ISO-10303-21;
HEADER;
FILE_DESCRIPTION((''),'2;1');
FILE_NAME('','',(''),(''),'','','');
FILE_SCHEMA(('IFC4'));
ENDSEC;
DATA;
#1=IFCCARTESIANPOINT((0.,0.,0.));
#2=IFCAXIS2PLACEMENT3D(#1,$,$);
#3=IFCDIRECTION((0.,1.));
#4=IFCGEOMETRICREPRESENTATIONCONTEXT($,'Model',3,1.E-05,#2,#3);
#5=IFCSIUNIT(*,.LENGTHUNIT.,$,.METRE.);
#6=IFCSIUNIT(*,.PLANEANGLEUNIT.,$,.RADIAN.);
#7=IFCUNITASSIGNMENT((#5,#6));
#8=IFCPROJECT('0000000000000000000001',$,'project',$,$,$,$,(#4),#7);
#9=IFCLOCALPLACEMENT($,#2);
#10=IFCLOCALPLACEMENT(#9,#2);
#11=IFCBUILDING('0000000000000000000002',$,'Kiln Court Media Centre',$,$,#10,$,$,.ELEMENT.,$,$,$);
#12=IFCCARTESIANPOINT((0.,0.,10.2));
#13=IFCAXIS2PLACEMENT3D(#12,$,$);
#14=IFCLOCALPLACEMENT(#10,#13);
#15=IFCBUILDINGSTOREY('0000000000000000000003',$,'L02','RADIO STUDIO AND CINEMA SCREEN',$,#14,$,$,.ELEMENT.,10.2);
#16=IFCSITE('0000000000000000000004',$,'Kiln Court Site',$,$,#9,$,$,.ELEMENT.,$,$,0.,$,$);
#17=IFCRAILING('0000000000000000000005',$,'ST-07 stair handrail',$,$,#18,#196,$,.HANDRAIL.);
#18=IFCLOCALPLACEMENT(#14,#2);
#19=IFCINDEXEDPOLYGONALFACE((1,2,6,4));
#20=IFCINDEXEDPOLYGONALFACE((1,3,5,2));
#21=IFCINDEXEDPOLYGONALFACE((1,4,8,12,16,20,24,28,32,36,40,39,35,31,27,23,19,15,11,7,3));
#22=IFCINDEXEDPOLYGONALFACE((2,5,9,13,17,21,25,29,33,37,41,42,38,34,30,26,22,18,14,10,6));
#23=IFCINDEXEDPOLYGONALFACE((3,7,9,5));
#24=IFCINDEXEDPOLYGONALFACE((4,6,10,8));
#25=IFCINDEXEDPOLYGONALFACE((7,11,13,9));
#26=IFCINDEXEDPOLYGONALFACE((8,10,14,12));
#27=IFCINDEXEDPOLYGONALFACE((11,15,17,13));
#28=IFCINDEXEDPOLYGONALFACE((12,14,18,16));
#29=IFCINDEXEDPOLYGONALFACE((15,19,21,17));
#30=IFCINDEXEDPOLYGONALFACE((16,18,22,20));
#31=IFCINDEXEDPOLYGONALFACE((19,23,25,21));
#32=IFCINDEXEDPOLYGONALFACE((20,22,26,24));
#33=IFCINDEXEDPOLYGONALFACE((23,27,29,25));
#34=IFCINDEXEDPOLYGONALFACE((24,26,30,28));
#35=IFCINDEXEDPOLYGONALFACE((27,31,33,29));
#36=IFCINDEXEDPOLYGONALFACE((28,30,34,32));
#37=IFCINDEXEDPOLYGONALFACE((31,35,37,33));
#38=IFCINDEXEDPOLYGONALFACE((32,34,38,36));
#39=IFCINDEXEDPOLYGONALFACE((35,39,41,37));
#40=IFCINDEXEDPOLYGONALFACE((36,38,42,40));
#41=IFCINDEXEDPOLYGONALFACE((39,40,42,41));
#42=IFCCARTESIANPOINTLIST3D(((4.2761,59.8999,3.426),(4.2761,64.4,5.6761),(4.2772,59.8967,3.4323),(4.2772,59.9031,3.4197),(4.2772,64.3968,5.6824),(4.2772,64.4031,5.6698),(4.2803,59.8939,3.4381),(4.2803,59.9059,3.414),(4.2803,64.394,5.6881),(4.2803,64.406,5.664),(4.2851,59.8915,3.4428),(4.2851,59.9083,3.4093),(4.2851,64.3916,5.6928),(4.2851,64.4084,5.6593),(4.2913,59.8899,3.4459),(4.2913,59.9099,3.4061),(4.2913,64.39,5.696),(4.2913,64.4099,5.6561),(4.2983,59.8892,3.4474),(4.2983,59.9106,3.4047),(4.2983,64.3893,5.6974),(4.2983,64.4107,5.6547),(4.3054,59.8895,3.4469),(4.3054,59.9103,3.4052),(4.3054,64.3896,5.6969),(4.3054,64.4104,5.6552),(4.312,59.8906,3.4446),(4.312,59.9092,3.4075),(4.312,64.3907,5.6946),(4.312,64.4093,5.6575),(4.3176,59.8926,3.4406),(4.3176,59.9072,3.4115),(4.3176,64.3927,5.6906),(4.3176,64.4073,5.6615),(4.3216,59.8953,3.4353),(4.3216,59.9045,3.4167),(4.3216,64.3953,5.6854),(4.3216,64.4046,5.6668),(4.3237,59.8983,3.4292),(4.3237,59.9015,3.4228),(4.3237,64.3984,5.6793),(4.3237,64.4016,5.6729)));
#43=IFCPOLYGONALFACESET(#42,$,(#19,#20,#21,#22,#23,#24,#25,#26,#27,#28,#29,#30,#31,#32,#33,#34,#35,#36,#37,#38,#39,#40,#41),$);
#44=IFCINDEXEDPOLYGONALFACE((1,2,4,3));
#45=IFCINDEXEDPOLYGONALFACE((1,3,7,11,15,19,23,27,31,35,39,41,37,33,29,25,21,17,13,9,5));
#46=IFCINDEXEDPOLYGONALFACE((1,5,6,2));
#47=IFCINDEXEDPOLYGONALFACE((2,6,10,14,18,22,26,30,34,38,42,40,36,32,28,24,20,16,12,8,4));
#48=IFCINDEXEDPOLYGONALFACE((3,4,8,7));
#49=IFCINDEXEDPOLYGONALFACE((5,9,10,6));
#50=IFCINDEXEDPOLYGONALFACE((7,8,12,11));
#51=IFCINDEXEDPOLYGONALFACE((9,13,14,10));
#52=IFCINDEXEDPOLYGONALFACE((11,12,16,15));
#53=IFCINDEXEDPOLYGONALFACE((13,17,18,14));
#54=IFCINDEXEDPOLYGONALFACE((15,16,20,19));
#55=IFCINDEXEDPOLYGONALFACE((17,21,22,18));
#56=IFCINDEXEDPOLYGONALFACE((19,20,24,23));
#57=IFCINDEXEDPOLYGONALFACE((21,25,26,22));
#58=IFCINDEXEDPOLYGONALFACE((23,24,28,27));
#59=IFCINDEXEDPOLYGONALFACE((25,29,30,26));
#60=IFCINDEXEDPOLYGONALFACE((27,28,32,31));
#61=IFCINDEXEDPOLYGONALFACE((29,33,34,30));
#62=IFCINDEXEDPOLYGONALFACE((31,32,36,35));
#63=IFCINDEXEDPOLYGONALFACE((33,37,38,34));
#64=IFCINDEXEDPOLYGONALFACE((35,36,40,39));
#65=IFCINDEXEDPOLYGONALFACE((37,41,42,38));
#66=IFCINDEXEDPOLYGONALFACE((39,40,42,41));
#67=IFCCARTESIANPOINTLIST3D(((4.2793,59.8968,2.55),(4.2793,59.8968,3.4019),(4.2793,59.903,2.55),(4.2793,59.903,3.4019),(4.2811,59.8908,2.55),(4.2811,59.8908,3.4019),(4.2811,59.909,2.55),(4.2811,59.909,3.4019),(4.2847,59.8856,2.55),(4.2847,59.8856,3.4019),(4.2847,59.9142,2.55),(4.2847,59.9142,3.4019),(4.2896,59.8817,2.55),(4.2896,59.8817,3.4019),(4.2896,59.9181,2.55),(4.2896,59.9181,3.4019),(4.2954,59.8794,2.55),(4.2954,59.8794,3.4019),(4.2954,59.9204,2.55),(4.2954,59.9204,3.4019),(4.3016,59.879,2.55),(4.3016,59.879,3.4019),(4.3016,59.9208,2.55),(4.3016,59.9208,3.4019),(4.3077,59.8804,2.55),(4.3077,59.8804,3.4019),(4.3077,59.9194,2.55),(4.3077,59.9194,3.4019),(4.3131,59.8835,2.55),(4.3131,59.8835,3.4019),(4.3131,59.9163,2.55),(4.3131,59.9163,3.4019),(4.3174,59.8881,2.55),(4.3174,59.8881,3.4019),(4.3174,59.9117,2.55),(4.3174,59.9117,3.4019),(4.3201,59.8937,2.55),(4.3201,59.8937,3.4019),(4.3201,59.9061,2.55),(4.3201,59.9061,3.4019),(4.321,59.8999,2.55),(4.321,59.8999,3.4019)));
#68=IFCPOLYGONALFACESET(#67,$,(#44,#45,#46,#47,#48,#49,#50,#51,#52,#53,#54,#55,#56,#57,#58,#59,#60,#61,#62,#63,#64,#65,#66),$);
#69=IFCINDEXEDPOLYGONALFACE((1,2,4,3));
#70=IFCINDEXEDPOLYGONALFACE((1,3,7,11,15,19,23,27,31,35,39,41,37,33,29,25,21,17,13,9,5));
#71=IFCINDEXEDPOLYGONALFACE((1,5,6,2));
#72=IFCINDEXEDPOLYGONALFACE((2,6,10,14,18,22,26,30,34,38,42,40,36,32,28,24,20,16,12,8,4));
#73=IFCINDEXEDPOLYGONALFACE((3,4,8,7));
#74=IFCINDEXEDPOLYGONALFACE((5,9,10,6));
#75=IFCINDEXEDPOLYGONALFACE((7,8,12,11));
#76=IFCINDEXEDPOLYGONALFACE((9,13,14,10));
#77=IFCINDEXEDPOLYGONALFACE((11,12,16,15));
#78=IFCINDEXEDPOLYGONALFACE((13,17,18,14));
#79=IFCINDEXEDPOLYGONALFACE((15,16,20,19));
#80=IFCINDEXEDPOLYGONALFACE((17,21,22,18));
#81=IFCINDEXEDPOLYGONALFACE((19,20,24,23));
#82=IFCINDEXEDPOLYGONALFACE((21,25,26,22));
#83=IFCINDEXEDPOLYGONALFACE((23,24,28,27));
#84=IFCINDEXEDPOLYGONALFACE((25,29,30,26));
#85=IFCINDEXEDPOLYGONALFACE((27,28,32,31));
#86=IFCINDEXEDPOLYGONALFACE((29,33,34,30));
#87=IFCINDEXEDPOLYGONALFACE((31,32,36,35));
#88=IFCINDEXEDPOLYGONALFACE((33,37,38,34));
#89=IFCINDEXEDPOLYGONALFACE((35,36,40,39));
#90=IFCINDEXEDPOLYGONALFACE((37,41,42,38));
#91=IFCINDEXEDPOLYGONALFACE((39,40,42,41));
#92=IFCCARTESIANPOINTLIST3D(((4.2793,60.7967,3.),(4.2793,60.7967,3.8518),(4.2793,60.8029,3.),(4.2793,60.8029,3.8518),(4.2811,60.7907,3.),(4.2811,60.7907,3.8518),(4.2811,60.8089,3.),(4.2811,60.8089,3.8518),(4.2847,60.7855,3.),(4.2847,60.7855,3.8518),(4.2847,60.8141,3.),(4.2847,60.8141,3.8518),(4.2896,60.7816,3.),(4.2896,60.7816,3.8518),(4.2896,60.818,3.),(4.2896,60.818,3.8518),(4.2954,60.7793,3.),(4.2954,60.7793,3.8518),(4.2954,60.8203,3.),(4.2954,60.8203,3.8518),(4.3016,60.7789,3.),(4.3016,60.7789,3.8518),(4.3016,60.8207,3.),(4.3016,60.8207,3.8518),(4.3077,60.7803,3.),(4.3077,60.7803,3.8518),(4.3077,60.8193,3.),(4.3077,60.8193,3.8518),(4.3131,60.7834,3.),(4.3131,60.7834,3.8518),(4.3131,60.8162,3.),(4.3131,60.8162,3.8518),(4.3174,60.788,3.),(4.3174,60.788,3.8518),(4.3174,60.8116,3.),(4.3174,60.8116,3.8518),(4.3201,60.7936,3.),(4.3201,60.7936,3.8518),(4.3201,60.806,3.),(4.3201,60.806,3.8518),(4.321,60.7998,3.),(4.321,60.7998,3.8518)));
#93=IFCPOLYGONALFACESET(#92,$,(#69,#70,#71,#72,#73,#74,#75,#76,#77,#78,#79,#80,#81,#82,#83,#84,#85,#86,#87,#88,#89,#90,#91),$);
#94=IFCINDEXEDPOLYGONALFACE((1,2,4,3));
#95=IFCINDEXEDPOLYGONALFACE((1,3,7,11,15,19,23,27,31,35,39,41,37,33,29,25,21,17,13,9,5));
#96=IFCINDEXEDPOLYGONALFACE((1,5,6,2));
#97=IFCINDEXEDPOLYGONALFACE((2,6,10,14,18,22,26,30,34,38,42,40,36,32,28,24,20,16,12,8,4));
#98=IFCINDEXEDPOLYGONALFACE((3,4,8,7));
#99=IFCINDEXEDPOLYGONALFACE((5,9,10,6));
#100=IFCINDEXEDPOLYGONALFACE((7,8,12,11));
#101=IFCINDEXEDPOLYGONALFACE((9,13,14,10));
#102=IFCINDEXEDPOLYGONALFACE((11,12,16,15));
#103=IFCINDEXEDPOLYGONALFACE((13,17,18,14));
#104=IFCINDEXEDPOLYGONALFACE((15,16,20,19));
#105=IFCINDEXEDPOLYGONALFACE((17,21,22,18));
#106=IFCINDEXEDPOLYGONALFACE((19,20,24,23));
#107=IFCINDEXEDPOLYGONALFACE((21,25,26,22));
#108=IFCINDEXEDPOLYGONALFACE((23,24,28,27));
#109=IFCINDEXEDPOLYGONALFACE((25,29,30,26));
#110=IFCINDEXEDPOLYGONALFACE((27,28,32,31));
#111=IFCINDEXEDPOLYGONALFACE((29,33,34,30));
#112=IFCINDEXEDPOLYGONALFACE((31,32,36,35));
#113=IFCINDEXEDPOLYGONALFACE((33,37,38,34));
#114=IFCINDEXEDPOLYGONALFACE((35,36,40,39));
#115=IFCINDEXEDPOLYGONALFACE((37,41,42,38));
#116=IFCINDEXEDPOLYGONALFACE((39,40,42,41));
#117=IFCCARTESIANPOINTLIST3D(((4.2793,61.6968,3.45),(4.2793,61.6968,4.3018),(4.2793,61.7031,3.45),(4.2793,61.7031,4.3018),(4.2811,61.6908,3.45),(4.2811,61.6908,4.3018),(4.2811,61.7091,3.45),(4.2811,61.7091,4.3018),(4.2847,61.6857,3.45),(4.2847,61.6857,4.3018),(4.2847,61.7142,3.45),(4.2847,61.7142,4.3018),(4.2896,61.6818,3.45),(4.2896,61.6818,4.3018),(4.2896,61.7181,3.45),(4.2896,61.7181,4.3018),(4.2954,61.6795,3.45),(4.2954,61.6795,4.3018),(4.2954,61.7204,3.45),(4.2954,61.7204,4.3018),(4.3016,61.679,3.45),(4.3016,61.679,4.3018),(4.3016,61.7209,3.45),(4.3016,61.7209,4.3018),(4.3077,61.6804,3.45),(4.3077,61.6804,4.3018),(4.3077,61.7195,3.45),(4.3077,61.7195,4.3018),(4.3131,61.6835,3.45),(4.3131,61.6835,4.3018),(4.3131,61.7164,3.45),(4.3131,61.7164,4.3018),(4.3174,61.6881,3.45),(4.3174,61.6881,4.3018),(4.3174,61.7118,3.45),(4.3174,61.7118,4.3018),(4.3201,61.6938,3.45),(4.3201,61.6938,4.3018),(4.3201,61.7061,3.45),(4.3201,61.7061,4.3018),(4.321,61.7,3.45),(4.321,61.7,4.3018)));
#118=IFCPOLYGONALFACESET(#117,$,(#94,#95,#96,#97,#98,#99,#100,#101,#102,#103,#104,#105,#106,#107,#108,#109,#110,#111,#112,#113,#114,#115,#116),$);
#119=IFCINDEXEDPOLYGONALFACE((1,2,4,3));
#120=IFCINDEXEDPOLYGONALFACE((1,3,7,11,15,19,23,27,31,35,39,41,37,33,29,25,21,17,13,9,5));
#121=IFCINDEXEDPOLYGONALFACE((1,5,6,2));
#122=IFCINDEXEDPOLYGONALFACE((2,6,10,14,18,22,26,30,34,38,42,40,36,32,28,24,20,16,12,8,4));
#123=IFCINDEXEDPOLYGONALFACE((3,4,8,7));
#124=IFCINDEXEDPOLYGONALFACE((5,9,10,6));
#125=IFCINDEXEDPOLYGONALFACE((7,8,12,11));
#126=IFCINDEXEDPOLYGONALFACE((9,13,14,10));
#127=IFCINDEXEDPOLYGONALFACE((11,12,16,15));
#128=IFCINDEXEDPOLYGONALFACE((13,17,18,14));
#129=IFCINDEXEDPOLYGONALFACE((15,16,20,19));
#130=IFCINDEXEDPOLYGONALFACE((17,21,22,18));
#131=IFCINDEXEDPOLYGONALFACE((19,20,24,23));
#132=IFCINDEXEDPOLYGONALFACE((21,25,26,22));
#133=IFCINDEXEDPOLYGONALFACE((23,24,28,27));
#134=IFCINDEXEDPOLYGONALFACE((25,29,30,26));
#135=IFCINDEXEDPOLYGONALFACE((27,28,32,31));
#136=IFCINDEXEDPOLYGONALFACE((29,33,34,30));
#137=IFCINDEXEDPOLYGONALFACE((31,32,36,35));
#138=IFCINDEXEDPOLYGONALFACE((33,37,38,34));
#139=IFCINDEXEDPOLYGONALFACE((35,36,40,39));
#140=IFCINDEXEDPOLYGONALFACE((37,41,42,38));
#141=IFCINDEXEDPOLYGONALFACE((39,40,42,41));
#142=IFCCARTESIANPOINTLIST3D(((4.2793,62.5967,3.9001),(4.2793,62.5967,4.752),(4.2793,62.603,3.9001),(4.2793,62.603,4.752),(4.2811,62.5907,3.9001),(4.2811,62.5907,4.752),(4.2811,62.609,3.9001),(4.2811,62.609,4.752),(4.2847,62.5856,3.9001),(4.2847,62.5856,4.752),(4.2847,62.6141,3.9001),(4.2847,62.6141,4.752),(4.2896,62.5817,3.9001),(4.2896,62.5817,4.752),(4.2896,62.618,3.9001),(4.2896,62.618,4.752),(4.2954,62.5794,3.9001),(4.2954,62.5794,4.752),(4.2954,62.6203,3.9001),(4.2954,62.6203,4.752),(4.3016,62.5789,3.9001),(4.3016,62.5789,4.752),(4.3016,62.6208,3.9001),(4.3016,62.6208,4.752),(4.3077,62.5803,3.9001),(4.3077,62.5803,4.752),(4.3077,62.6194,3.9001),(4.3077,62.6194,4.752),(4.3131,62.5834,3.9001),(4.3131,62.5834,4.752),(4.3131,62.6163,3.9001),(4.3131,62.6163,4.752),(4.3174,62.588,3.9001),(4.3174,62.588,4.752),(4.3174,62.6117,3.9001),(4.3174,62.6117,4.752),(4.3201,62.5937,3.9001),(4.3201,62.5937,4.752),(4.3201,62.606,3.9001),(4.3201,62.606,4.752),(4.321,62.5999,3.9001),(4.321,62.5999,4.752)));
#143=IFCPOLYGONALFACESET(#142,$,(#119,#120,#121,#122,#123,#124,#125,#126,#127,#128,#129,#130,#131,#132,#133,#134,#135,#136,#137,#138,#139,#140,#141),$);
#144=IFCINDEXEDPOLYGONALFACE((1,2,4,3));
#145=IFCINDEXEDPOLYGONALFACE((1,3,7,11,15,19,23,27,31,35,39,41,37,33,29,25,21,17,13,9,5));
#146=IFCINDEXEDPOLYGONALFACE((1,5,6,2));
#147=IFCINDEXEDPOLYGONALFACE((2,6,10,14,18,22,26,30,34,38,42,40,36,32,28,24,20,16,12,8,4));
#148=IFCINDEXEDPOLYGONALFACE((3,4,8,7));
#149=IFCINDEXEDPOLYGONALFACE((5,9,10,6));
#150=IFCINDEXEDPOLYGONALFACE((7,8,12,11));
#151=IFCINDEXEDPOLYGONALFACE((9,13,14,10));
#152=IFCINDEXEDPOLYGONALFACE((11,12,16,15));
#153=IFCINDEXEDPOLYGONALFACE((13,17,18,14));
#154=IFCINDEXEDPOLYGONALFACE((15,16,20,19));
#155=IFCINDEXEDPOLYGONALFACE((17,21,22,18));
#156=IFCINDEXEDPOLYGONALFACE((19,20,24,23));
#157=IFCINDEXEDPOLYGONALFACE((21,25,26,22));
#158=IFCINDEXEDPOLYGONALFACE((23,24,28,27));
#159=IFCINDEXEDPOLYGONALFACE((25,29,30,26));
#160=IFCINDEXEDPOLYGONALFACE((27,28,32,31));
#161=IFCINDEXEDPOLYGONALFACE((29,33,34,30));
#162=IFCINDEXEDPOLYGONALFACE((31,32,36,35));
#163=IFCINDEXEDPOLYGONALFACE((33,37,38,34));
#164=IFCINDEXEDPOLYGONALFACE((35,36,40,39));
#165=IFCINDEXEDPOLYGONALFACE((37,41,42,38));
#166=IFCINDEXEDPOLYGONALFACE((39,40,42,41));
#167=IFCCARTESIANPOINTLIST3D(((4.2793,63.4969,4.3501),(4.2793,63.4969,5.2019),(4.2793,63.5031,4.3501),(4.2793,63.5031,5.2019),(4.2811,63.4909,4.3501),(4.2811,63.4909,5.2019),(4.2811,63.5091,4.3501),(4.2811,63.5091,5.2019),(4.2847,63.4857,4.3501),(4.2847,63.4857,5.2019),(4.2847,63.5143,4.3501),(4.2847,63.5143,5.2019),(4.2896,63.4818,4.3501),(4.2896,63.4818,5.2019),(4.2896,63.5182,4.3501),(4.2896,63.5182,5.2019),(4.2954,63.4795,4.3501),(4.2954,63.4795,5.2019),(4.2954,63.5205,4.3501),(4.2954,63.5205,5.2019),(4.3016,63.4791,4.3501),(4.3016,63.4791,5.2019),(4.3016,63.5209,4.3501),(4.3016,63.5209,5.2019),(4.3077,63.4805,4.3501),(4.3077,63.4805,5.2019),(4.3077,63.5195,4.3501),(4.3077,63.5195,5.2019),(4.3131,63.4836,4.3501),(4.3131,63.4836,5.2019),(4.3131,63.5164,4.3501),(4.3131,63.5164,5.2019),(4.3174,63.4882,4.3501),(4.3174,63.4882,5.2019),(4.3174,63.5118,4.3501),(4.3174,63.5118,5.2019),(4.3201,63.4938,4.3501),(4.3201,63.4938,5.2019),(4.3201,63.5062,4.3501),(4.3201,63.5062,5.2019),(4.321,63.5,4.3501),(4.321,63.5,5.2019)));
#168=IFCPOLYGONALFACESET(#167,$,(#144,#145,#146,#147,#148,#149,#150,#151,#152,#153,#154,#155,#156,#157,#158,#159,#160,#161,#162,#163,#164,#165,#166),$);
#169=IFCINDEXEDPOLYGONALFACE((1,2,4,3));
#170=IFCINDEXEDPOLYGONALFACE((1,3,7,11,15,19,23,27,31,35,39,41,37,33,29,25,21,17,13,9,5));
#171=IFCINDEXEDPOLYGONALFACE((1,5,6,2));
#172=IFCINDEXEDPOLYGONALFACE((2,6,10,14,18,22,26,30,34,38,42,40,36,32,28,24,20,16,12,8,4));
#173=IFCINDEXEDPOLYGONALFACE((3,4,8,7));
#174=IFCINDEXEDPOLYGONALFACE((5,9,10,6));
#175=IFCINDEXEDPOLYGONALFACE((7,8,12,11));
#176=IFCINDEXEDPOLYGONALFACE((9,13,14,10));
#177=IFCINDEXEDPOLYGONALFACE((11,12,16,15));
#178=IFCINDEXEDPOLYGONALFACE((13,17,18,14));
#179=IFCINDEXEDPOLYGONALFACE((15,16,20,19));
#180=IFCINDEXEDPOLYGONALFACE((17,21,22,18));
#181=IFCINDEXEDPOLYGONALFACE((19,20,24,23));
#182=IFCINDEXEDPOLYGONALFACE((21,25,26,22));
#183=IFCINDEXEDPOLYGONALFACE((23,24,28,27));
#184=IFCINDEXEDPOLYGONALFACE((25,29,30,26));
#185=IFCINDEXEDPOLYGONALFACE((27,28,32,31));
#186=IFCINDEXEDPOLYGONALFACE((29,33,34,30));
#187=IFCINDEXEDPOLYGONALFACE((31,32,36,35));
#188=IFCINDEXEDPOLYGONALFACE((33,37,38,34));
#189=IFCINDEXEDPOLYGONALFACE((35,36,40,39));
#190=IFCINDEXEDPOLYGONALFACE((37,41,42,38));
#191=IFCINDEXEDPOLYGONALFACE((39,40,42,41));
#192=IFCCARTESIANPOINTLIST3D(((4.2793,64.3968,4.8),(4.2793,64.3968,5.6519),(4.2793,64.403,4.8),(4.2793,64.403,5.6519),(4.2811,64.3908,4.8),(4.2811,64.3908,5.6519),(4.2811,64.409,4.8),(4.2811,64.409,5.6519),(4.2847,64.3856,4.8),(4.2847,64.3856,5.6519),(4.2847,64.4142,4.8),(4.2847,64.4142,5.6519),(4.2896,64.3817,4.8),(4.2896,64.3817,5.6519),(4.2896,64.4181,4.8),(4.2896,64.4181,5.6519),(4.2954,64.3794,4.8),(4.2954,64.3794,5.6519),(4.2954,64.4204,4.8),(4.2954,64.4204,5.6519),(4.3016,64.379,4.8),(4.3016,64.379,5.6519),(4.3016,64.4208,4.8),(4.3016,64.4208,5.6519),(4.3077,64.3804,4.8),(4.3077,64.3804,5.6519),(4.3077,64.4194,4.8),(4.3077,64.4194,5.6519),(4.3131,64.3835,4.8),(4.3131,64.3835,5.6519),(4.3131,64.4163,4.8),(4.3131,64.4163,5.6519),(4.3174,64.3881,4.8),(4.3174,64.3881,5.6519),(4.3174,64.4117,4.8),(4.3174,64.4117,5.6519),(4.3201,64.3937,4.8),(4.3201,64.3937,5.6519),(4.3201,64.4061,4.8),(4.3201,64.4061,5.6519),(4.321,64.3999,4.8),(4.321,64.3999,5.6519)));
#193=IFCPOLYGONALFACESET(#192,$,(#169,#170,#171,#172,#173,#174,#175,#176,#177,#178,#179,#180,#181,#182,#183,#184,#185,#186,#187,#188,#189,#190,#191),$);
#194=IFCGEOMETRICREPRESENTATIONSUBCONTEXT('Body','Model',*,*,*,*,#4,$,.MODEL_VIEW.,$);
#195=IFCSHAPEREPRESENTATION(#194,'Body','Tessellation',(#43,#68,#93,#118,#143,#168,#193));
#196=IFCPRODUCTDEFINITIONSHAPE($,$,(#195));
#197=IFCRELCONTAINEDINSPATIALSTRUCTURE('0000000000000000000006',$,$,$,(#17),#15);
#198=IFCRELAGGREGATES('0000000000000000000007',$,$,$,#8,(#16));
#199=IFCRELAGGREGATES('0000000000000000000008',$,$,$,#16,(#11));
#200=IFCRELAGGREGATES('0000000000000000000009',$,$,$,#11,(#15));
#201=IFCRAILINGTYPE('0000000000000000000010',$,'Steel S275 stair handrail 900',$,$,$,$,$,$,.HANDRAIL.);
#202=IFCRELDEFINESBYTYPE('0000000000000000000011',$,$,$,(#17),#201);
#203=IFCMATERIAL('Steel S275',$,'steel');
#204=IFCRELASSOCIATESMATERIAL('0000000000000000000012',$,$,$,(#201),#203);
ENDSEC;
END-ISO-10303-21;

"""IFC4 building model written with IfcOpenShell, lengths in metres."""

from ifc_helpers import new_model, si_unit, direction, frame, origin, origin_2d, place, context, subcontext, project, spatial, circle, extrude, material, type_object, element, save


model = new_model("IFC4")

# Units and contexts
model_context = context("Model", 3, precision=1e-05, world=origin(), true_north=direction((0.0, 1.0)))
body_context = subcontext(model_context, "Body", "Model", "MODEL_VIEW")
ifc_project = project(units=[si_unit("LENGTHUNIT", "METRE"), si_unit("PLANEANGLEUNIT", "RADIAN")], contexts=[model_context])

# Site, building, storey
site_placement = place(None, origin())
site = spatial("IfcSite", under=ifc_project, at=site_placement, Name="Kiln Court Site", CompositionType="ELEMENT", RefElevation=0.0)
building_placement = place(site_placement, origin())
building = spatial("IfcBuilding", under=site, at=building_placement, Name="Kiln Court Media Centre", CompositionType="ELEMENT")
storey_placement = place(building_placement, frame((0.0, 0.0, 10.2)))
storey = spatial("IfcBuildingStorey", under=building, at=storey_placement, Name="L02", Description="RADIO STUDIO AND CINEMA SCREEN", CompositionType="ELEMENT", Elevation=10.2)

# Railing
ifc_material_1 = material(Name="Steel S275", Category="steel")
railing_type_1 = type_object("IfcRailingType", Name="Steel S275 stair handrail 900", PredefinedType="HANDRAIL", material=ifc_material_1)
railing_1_placement = place(storey_placement, frame((4.3, 59.8999, 2.55)))
element("IfcRailing", 1, at=railing_1_placement, inside=storey, type_object=railing_type_1, Name="ST-07 stair handrail", PredefinedType="HANDRAIL", context=body_context, shape_type="SweptSolid", body=[
    extrude(circle(Radius=0.0239, at=origin_2d()), frame((0.0, 0.0, 0.876), z_axis=(0.0, 0.894427, 0.447214), x_axis=(-1.0, 0.0, 0.0)), (0.0, 0.0, 1.0), 5.0312),
    extrude(circle(Radius=0.021, at=origin_2d()), origin(), (0.0, 0.0, 1.0), 0.8518),
    extrude(circle(Radius=0.021, at=origin_2d()), frame((0.0, 0.8999, 0.45)), (0.0, 0.0, 1.0), 0.8518),
    extrude(circle(Radius=0.021, at=origin_2d()), frame((0.0, 1.8, 0.8999)), (0.0, 0.0, 1.0), 0.8518),
    extrude(circle(Radius=0.021, at=origin_2d()), frame((0.0, 2.7, 1.3501)), (0.0, 0.0, 1.0), 0.8518),
    extrude(circle(Radius=0.021, at=origin_2d()), frame((0.0, 3.6001, 1.8)), (0.0, 0.0, 1.0), 0.8518),
    extrude(circle(Radius=0.021, at=origin_2d()), frame((0.0, 4.5, 2.25)), (0.0, 0.0, 1.0), 0.8518),
])

save(model, "model.ifc")
